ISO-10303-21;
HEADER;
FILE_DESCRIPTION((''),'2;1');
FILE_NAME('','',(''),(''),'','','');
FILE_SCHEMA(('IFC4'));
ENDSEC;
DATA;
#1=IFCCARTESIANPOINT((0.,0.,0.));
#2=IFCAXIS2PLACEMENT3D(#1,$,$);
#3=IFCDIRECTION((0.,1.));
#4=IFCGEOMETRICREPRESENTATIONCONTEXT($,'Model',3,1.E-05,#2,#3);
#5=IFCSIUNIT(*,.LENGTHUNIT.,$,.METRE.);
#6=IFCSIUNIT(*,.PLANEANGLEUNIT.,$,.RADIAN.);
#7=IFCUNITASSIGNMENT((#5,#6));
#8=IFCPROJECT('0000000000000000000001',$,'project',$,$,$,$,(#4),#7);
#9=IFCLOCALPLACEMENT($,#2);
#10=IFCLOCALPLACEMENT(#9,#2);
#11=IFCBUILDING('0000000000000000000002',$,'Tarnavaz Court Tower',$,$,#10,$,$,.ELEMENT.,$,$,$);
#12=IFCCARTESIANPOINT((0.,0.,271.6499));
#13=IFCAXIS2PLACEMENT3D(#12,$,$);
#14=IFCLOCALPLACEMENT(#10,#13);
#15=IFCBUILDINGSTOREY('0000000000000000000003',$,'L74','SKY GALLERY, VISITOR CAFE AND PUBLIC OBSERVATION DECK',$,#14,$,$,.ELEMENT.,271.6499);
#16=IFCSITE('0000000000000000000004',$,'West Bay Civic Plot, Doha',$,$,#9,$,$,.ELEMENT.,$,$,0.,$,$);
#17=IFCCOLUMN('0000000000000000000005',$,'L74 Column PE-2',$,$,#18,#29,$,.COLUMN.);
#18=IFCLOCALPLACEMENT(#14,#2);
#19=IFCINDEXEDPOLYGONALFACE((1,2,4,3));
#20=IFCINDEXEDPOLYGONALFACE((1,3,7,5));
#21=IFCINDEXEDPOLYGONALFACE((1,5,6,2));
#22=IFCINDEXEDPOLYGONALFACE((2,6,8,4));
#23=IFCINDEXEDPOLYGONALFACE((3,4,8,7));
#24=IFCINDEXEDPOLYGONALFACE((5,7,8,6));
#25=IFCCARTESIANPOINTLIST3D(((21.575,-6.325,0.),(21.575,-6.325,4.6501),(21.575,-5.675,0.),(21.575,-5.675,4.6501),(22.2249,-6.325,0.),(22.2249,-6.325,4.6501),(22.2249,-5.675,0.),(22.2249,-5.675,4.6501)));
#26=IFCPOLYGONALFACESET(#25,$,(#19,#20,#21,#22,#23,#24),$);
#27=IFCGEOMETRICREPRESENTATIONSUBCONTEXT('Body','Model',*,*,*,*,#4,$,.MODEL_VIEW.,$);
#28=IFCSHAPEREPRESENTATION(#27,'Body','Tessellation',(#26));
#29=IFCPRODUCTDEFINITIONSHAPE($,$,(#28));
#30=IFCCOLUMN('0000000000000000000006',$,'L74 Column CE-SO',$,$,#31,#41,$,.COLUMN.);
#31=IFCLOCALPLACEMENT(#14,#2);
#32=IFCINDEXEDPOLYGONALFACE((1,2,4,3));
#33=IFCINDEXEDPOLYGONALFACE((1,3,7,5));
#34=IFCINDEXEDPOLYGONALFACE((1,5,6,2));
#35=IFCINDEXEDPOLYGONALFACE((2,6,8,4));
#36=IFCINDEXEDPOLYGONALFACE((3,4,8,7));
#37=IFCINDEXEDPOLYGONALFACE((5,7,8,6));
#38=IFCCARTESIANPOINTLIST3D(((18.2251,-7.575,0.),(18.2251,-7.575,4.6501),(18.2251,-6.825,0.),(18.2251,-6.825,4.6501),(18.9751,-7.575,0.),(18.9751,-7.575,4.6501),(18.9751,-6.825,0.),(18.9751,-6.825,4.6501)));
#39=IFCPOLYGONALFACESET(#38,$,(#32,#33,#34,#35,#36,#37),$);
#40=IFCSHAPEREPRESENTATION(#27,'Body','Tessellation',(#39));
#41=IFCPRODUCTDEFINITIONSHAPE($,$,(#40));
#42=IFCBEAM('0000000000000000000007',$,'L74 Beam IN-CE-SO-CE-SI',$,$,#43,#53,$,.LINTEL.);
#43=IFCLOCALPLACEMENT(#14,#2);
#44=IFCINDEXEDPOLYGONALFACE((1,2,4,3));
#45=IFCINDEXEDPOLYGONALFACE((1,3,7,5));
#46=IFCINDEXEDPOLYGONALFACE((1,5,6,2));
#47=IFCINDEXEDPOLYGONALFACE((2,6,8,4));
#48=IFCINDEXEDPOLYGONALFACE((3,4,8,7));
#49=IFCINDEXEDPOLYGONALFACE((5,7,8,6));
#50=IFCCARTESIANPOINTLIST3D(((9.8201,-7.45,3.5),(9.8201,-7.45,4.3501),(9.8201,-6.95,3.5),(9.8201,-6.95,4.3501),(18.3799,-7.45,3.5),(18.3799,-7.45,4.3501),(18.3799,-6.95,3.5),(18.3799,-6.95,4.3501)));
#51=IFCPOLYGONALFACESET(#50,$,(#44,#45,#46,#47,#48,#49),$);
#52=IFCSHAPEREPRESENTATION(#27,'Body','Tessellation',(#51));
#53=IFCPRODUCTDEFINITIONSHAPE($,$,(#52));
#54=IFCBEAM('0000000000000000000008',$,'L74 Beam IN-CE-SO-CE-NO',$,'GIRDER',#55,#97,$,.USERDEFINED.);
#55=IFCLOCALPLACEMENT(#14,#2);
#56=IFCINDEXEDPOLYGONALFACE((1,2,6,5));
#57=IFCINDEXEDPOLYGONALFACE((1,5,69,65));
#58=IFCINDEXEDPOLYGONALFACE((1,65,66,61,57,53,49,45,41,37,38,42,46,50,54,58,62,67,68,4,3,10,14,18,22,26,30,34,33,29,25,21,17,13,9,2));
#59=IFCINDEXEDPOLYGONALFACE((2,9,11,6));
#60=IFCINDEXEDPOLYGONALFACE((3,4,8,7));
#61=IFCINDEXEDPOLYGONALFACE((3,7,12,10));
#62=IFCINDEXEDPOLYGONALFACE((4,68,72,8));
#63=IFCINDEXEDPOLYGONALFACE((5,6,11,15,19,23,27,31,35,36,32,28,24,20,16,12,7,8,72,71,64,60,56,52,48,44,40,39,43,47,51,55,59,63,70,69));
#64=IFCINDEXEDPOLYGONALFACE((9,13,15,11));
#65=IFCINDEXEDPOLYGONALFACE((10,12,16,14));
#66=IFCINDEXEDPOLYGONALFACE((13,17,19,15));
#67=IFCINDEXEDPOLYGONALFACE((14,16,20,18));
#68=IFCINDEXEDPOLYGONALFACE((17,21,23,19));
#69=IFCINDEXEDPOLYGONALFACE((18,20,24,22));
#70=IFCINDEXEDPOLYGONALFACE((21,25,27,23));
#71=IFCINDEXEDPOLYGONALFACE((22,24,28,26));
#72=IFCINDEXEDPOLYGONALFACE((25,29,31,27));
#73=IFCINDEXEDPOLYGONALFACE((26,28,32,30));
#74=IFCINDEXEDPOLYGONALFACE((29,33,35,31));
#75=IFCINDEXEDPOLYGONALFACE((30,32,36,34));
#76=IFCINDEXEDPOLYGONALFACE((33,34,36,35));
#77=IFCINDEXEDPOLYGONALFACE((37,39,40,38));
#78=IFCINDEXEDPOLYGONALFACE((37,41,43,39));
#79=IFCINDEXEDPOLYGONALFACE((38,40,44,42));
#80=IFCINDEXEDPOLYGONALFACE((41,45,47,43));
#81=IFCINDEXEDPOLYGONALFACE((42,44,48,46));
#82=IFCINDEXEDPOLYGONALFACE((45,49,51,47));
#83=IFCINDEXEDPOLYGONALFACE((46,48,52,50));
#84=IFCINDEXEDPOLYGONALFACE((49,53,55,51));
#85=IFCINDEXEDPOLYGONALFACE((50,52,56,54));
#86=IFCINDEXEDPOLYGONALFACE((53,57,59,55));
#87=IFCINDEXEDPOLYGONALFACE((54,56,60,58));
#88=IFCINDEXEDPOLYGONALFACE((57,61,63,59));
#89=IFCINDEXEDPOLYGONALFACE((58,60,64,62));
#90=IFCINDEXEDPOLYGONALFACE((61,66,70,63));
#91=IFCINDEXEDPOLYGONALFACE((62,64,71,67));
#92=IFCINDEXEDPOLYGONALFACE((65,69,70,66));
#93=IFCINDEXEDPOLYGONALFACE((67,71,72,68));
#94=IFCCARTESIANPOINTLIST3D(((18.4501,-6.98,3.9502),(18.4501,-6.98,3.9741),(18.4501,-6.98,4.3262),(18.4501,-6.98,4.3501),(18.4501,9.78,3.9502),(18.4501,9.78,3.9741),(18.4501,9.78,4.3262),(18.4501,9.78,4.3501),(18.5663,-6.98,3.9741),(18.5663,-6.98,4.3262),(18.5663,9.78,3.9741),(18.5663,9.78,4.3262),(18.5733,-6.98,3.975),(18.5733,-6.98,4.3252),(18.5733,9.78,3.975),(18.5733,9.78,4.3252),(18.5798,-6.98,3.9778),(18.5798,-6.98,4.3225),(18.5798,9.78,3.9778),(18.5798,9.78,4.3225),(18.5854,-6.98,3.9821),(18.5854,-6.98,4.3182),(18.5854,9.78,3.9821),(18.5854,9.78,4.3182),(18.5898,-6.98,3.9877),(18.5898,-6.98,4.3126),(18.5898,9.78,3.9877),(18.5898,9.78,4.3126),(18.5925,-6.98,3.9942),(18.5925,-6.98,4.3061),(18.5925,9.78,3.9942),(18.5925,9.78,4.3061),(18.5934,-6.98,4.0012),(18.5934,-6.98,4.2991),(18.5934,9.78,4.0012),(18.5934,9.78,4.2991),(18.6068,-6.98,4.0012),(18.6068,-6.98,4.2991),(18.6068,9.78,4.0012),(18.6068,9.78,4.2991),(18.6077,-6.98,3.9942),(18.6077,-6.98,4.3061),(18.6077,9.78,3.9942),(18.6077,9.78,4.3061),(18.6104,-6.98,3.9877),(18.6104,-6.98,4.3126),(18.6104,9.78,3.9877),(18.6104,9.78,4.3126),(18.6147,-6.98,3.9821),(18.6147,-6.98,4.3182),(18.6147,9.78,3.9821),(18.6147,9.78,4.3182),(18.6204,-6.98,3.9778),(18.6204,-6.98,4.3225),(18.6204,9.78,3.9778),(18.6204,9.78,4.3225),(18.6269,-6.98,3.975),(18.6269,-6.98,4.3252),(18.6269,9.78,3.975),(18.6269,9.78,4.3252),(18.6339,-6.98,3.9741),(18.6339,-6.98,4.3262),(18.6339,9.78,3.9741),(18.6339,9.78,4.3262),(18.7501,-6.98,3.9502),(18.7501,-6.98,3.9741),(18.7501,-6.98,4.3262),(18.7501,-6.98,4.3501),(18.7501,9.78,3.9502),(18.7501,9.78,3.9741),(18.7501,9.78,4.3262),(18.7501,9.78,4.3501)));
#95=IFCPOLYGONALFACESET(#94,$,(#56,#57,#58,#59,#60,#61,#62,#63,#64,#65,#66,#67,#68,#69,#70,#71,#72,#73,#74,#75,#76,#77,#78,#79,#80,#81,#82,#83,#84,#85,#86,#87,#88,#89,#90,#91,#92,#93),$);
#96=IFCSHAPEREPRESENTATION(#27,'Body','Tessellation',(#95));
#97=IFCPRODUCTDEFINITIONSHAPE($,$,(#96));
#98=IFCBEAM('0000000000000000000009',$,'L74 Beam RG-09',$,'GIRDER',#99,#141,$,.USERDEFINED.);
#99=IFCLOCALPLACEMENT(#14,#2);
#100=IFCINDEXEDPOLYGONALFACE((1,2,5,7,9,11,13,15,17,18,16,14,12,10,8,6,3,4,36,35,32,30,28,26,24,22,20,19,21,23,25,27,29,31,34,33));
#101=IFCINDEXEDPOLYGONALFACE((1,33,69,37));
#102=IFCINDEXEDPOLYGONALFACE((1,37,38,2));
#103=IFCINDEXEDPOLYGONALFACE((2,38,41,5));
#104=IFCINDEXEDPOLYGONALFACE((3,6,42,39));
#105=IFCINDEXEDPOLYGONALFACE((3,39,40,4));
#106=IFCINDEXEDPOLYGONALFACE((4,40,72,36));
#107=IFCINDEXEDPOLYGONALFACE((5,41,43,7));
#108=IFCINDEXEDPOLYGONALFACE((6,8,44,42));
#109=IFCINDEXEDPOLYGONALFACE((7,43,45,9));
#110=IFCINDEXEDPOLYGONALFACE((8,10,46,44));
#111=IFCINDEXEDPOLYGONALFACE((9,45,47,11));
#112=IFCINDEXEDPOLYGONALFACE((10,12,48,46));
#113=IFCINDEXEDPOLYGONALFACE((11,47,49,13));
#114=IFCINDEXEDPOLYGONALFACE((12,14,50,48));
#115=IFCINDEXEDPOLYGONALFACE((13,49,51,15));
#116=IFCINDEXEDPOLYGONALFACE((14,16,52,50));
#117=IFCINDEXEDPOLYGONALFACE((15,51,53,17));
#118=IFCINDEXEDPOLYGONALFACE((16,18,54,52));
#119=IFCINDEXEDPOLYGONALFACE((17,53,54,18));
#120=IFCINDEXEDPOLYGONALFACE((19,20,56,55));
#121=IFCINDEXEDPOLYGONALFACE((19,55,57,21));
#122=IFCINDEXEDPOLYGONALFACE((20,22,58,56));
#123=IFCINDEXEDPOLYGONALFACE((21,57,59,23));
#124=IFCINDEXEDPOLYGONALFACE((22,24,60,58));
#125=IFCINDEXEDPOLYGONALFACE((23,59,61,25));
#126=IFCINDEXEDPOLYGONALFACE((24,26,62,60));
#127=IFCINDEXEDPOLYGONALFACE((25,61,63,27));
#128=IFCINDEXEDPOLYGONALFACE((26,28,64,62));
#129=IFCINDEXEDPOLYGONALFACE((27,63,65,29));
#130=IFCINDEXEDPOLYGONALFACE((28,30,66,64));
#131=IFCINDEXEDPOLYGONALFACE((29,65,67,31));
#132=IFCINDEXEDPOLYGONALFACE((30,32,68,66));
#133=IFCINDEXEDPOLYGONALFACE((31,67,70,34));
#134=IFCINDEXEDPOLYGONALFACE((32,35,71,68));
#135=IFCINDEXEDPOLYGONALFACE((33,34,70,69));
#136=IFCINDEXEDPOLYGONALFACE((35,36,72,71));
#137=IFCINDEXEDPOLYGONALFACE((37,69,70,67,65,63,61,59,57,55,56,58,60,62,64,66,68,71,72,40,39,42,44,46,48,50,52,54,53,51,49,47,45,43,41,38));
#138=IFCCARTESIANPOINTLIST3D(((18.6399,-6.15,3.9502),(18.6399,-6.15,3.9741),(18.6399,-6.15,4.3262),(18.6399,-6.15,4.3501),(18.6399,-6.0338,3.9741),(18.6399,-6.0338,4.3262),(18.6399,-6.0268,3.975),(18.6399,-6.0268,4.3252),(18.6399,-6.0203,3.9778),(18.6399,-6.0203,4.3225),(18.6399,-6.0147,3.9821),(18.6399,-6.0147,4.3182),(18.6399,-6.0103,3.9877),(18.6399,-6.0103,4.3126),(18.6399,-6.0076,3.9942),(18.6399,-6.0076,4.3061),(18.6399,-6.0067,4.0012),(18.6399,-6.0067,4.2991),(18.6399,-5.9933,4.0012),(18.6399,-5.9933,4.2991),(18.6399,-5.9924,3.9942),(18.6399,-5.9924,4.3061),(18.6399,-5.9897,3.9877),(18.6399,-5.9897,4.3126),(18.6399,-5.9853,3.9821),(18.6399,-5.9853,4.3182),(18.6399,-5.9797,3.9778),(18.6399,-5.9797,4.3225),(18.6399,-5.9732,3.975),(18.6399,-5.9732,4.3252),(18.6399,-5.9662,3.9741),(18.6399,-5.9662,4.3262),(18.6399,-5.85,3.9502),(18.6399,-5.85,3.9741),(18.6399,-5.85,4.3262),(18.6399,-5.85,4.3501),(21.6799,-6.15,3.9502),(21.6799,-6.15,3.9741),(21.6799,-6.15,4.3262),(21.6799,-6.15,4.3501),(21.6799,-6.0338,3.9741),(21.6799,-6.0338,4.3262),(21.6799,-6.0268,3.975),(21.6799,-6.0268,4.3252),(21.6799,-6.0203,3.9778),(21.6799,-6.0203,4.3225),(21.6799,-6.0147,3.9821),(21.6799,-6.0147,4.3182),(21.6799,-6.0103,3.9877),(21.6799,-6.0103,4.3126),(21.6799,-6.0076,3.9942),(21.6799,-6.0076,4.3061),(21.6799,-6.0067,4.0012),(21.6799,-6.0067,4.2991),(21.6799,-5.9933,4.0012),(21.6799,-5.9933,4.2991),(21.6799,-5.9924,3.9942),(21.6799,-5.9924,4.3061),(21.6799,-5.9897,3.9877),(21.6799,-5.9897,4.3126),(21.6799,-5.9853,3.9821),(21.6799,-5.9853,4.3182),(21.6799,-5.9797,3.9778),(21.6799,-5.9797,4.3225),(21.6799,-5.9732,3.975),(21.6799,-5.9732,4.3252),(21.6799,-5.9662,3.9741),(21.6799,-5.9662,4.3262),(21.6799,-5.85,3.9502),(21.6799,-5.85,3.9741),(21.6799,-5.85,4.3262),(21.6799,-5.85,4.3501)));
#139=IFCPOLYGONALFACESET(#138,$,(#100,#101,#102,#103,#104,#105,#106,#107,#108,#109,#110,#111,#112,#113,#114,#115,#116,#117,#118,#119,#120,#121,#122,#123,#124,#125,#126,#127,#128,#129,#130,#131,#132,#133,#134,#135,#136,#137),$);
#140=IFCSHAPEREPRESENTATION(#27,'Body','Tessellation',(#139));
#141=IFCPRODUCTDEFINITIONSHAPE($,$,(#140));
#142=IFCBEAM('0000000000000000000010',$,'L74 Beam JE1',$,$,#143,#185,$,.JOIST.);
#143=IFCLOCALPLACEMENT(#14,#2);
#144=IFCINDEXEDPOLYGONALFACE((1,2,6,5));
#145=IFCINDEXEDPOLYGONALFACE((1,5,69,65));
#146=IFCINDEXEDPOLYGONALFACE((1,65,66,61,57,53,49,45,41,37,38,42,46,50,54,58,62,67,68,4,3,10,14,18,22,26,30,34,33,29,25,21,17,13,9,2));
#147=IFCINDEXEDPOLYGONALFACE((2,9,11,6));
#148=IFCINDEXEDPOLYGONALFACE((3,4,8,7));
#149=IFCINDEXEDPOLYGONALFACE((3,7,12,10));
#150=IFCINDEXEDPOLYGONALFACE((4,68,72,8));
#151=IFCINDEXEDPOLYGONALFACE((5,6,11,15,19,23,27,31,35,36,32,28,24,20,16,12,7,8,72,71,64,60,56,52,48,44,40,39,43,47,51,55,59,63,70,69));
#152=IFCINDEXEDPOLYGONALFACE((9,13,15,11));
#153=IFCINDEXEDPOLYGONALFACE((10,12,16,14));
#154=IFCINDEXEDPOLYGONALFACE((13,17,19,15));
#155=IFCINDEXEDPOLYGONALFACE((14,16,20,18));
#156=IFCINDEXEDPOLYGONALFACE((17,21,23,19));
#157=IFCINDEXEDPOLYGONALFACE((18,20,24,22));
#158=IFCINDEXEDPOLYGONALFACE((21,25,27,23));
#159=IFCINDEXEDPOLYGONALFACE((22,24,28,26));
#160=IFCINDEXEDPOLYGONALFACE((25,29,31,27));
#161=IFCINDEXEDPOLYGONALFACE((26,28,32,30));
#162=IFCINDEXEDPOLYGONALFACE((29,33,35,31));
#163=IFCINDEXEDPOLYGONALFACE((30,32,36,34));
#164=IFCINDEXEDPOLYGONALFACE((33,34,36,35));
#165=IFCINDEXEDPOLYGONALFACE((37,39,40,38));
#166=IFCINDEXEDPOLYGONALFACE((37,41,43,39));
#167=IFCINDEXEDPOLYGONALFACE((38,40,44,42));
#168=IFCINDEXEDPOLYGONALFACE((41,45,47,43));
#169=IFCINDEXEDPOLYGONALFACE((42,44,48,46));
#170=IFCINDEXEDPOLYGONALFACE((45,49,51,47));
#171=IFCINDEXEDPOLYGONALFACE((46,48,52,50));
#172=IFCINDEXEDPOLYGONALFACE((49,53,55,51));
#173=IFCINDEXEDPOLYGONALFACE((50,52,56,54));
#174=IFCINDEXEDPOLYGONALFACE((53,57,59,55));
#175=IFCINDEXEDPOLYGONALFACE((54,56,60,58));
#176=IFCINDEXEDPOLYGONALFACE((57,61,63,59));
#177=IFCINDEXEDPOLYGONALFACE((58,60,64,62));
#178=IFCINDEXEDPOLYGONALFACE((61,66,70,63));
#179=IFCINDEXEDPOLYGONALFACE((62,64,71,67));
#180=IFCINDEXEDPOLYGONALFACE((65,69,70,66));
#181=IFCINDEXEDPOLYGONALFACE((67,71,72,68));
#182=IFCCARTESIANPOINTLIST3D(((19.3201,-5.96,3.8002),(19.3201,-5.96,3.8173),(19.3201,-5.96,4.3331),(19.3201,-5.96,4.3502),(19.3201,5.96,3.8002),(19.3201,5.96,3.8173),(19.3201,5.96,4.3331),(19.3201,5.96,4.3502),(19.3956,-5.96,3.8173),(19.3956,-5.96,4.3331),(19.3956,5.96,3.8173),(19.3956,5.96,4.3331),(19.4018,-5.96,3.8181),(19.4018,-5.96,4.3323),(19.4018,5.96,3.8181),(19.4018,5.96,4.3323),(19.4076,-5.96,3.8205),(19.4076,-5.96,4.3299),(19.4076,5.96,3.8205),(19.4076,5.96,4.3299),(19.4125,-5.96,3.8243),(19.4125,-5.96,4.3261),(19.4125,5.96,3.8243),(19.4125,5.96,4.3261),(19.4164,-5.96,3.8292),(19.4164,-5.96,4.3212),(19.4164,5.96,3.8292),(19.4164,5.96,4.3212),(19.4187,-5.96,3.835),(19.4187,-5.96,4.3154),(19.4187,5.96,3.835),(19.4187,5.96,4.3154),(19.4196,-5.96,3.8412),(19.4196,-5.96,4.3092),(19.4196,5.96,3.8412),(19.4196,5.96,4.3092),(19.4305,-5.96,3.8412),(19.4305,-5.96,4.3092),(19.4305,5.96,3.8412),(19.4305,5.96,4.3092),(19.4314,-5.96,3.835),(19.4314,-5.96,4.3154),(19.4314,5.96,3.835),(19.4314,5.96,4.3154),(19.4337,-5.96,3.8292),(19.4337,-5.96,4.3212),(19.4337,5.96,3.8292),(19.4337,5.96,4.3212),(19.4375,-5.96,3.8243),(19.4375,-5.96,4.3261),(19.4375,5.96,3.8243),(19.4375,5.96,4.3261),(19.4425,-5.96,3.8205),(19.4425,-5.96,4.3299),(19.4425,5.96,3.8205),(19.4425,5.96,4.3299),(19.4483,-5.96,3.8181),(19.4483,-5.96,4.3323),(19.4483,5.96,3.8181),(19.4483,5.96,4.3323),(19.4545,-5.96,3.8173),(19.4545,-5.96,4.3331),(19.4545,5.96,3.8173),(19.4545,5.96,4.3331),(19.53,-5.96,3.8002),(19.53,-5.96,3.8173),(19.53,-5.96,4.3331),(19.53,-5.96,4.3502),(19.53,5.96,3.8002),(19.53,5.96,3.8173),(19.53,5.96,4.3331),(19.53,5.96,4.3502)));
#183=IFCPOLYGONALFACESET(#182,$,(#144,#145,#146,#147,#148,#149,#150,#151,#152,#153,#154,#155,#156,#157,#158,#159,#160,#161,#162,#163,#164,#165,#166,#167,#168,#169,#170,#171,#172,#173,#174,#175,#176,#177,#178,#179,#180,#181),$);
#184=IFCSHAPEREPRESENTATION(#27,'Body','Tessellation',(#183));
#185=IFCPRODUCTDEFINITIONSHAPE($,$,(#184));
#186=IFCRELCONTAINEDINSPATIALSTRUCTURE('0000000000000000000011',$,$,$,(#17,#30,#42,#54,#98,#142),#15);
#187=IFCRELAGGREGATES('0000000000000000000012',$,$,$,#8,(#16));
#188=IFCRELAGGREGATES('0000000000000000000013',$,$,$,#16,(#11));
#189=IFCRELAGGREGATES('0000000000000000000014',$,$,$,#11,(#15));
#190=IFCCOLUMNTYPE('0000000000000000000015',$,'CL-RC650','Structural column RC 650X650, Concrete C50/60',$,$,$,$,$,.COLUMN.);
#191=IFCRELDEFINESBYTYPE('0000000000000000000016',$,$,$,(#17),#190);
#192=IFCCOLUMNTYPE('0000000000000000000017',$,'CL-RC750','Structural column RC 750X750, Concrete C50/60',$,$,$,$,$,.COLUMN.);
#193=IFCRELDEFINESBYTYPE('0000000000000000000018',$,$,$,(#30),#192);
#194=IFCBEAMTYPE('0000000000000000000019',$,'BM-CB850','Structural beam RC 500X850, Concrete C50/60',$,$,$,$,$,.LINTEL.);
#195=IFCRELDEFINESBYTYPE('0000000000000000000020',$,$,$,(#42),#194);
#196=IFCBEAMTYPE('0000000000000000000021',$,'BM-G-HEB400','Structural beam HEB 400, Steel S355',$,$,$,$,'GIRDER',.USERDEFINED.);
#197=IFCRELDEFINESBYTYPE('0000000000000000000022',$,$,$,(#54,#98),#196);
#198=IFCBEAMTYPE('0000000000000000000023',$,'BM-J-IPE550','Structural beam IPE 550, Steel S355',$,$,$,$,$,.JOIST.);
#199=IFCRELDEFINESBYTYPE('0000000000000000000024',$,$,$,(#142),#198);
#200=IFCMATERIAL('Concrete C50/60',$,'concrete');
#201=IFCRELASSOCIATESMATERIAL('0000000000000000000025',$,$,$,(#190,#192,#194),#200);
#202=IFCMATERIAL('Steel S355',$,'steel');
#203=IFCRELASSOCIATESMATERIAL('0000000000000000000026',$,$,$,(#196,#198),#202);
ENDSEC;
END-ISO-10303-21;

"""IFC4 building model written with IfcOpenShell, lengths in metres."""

from ifc_helpers import new_model, si_unit, direction, frame, origin, origin_2d, place, context, subcontext, project, spatial, rectangle, i_section, extrude, material, material_profile, profile_set, type_object, element, save


model = new_model("IFC4")

# Units and contexts
model_context = context("Model", 3, precision=1e-05, world=origin(), true_north=direction((0.0, 1.0)))
body_context = subcontext(model_context, "Body", "Model", "MODEL_VIEW")
ifc_project = project(units=[si_unit("LENGTHUNIT", "METRE"), si_unit("PLANEANGLEUNIT", "RADIAN")], contexts=[model_context])

# Site, building, storey
site_placement = place(None, origin())
site = spatial("IfcSite", under=ifc_project, at=site_placement, Name="West Bay Civic Plot, Doha", CompositionType="ELEMENT", RefElevation=0.0)
building_placement = place(site_placement, origin())
building = spatial("IfcBuilding", under=site, at=building_placement, Name="Tarnavaz Court Tower", CompositionType="ELEMENT")
storey_placement = place(building_placement, frame((0.0, 0.0, 271.6499)))
storey = spatial("IfcBuildingStorey", under=building, at=storey_placement, Name="L74", Description="SKY GALLERY, VISITOR CAFE AND PUBLIC OBSERVATION DECK", CompositionType="ELEMENT", Elevation=271.6499)

# Columns
ifc_material_1 = material(Name="Concrete C50/60", Category="concrete")
ifc_material_profile_1 = material_profile(ifc_material_1, rectangle(XDim=0.6499, YDim=0.6499, at=origin_2d()), Name="RC 650X650")
ifc_profile_set_1 = profile_set([ifc_material_profile_1], Name="Concrete C50/60")
column_type_1 = type_object("IfcColumnType", Name="CL-RC650", Description="Structural column RC 650X650, Concrete C50/60", PredefinedType="COLUMN", material=ifc_profile_set_1)
column_1_placement = place(storey_placement, frame((21.8999, -6.0, 0.0), z_axis=(0.0, 0.0, 1.0), x_axis=(1.0, 0.0, 0.0)))
element("IfcColumn", 1, at=column_1_placement, inside=storey, type_object=column_type_1, Name="L74 Column PE-2", PredefinedType="COLUMN", context=body_context, shape_type="SweptSolid", body=[
    extrude(rectangle(XDim=0.6499, YDim=0.6499, at=origin_2d()), origin(), (0.0, 0.0, 1.0), 4.6501),
])
ifc_material_profile_2 = material_profile(ifc_material_1, rectangle(XDim=0.75, YDim=0.75, at=origin_2d()), Name="RC 750X750")
ifc_profile_set_2 = profile_set([ifc_material_profile_2], Name="Concrete C50/60")
column_type_2 = type_object("IfcColumnType", Name="CL-RC750", Description="Structural column RC 750X750, Concrete C50/60", PredefinedType="COLUMN", material=ifc_profile_set_2)
column_2_placement = place(storey_placement, frame((18.6001, -7.2, 0.0), z_axis=(0.0, 0.0, 1.0), x_axis=(1.0, 0.0, 0.0)))
element("IfcColumn", 2, at=column_2_placement, inside=storey, type_object=column_type_2, Name="L74 Column CE-SO", PredefinedType="COLUMN", context=body_context, shape_type="SweptSolid", body=[
    extrude(rectangle(XDim=0.75, YDim=0.75, at=origin_2d()), origin(), (0.0, 0.0, 1.0), 4.6501),
])

# Beams
ifc_material_profile_3 = material_profile(ifc_material_1, rectangle(XDim=0.5, YDim=0.8501, at=origin_2d()), Name="RC 500X850")
ifc_profile_set_3 = profile_set([ifc_material_profile_3], Name="Concrete C50/60")
beam_type_1 = type_object("IfcBeamType", Name="BM-CB850", Description="Structural beam RC 500X850, Concrete C50/60", PredefinedType="LINTEL", material=ifc_profile_set_3)
beam_1_placement = place(storey_placement, frame((18.3799, -7.2, 3.925), z_axis=(-1.0, 0.0, 0.0), x_axis=(0.0, -1.0, 0.0)))
element("IfcBeam", 3, at=beam_1_placement, inside=storey, type_object=beam_type_1, Name="L74 Beam IN-CE-SO-CE-SI", PredefinedType="LINTEL", context=body_context, shape_type="SweptSolid", body=[
    extrude(rectangle(XDim=0.5, YDim=0.8501, at=origin_2d()), origin(), (0.0, 0.0, 1.0), 8.5598),
])
ifc_material_2 = material(Name="Steel S355", Category="steel")
ifc_material_profile_4 = material_profile(ifc_material_2, i_section(OverallWidth=0.3, OverallDepth=0.3999, WebThickness=0.0134, FlangeThickness=0.0239, FilletRadius=0.0271, at=origin_2d()), Name="HEB 400")
ifc_profile_set_4 = profile_set([ifc_material_profile_4], Name="Steel S355")
beam_type_2 = type_object("IfcBeamType", Name="BM-G-HEB400", Description="Structural beam HEB 400, Steel S355", ElementType="GIRDER", PredefinedType="USERDEFINED", material=ifc_profile_set_4)
beam_2_placement = place(storey_placement, frame((18.6001, -6.98, 4.1501), z_axis=(0.0, 1.0, 0.0), x_axis=(-1.0, 0.0, 0.0)))
element("IfcBeam", 4, at=beam_2_placement, inside=storey, type_object=beam_type_2, Name="L74 Beam IN-CE-SO-CE-NO", ObjectType="GIRDER", PredefinedType="USERDEFINED", context=body_context, shape_type="SweptSolid", body=[
    extrude(i_section(OverallWidth=0.3, OverallDepth=0.3999, WebThickness=0.0134, FlangeThickness=0.0239, FilletRadius=0.0271, at=origin_2d()), origin(), (0.0, 0.0, 1.0), 16.76),
])
beam_3_placement = place(storey_placement, frame((18.6399, -6.0, 4.1501), z_axis=(1.0, 0.0, 0.0), x_axis=(0.0, 1.0, 0.0)))
element("IfcBeam", 5, at=beam_3_placement, inside=storey, type_object=beam_type_2, Name="L74 Beam RG-09", ObjectType="GIRDER", PredefinedType="USERDEFINED", context=body_context, shape_type="SweptSolid", body=[
    extrude(i_section(OverallWidth=0.3, OverallDepth=0.3999, WebThickness=0.0134, FlangeThickness=0.0239, FilletRadius=0.0271, at=origin_2d()), origin(), (0.0, 0.0, 1.0), 3.04),
])
ifc_material_profile_5 = material_profile(ifc_material_2, i_section(OverallWidth=0.21, OverallDepth=0.55, WebThickness=0.011, FlangeThickness=0.0171, FilletRadius=0.0239, at=origin_2d()), Name="IPE 550")
ifc_profile_set_5 = profile_set([ifc_material_profile_5], Name="Steel S355")
beam_type_3 = type_object("IfcBeamType", Name="BM-J-IPE550", Description="Structural beam IPE 550, Steel S355", PredefinedType="JOIST", material=ifc_profile_set_5)
for number, where, z_axis, x_axis, name in (
    (6, (19.425, -5.96, 4.0752), (0.0, 1.0, 0.0), (-1.0, 0.0, 0.0), "L74 Beam JE1"),
):
    element("IfcBeam", number, at=place(storey_placement, frame(where, z_axis=z_axis, x_axis=x_axis)), inside=storey, type_object=beam_type_3, Name=name, PredefinedType="JOIST", context=body_context, shape_type="SweptSolid", body=[
        extrude(i_section(OverallWidth=0.21, OverallDepth=0.55, WebThickness=0.011, FlangeThickness=0.0171, FilletRadius=0.0239, at=origin_2d()), origin(), (0.0, 0.0, 1.0), 11.9199),
    ])

save(model, "model.ifc")
